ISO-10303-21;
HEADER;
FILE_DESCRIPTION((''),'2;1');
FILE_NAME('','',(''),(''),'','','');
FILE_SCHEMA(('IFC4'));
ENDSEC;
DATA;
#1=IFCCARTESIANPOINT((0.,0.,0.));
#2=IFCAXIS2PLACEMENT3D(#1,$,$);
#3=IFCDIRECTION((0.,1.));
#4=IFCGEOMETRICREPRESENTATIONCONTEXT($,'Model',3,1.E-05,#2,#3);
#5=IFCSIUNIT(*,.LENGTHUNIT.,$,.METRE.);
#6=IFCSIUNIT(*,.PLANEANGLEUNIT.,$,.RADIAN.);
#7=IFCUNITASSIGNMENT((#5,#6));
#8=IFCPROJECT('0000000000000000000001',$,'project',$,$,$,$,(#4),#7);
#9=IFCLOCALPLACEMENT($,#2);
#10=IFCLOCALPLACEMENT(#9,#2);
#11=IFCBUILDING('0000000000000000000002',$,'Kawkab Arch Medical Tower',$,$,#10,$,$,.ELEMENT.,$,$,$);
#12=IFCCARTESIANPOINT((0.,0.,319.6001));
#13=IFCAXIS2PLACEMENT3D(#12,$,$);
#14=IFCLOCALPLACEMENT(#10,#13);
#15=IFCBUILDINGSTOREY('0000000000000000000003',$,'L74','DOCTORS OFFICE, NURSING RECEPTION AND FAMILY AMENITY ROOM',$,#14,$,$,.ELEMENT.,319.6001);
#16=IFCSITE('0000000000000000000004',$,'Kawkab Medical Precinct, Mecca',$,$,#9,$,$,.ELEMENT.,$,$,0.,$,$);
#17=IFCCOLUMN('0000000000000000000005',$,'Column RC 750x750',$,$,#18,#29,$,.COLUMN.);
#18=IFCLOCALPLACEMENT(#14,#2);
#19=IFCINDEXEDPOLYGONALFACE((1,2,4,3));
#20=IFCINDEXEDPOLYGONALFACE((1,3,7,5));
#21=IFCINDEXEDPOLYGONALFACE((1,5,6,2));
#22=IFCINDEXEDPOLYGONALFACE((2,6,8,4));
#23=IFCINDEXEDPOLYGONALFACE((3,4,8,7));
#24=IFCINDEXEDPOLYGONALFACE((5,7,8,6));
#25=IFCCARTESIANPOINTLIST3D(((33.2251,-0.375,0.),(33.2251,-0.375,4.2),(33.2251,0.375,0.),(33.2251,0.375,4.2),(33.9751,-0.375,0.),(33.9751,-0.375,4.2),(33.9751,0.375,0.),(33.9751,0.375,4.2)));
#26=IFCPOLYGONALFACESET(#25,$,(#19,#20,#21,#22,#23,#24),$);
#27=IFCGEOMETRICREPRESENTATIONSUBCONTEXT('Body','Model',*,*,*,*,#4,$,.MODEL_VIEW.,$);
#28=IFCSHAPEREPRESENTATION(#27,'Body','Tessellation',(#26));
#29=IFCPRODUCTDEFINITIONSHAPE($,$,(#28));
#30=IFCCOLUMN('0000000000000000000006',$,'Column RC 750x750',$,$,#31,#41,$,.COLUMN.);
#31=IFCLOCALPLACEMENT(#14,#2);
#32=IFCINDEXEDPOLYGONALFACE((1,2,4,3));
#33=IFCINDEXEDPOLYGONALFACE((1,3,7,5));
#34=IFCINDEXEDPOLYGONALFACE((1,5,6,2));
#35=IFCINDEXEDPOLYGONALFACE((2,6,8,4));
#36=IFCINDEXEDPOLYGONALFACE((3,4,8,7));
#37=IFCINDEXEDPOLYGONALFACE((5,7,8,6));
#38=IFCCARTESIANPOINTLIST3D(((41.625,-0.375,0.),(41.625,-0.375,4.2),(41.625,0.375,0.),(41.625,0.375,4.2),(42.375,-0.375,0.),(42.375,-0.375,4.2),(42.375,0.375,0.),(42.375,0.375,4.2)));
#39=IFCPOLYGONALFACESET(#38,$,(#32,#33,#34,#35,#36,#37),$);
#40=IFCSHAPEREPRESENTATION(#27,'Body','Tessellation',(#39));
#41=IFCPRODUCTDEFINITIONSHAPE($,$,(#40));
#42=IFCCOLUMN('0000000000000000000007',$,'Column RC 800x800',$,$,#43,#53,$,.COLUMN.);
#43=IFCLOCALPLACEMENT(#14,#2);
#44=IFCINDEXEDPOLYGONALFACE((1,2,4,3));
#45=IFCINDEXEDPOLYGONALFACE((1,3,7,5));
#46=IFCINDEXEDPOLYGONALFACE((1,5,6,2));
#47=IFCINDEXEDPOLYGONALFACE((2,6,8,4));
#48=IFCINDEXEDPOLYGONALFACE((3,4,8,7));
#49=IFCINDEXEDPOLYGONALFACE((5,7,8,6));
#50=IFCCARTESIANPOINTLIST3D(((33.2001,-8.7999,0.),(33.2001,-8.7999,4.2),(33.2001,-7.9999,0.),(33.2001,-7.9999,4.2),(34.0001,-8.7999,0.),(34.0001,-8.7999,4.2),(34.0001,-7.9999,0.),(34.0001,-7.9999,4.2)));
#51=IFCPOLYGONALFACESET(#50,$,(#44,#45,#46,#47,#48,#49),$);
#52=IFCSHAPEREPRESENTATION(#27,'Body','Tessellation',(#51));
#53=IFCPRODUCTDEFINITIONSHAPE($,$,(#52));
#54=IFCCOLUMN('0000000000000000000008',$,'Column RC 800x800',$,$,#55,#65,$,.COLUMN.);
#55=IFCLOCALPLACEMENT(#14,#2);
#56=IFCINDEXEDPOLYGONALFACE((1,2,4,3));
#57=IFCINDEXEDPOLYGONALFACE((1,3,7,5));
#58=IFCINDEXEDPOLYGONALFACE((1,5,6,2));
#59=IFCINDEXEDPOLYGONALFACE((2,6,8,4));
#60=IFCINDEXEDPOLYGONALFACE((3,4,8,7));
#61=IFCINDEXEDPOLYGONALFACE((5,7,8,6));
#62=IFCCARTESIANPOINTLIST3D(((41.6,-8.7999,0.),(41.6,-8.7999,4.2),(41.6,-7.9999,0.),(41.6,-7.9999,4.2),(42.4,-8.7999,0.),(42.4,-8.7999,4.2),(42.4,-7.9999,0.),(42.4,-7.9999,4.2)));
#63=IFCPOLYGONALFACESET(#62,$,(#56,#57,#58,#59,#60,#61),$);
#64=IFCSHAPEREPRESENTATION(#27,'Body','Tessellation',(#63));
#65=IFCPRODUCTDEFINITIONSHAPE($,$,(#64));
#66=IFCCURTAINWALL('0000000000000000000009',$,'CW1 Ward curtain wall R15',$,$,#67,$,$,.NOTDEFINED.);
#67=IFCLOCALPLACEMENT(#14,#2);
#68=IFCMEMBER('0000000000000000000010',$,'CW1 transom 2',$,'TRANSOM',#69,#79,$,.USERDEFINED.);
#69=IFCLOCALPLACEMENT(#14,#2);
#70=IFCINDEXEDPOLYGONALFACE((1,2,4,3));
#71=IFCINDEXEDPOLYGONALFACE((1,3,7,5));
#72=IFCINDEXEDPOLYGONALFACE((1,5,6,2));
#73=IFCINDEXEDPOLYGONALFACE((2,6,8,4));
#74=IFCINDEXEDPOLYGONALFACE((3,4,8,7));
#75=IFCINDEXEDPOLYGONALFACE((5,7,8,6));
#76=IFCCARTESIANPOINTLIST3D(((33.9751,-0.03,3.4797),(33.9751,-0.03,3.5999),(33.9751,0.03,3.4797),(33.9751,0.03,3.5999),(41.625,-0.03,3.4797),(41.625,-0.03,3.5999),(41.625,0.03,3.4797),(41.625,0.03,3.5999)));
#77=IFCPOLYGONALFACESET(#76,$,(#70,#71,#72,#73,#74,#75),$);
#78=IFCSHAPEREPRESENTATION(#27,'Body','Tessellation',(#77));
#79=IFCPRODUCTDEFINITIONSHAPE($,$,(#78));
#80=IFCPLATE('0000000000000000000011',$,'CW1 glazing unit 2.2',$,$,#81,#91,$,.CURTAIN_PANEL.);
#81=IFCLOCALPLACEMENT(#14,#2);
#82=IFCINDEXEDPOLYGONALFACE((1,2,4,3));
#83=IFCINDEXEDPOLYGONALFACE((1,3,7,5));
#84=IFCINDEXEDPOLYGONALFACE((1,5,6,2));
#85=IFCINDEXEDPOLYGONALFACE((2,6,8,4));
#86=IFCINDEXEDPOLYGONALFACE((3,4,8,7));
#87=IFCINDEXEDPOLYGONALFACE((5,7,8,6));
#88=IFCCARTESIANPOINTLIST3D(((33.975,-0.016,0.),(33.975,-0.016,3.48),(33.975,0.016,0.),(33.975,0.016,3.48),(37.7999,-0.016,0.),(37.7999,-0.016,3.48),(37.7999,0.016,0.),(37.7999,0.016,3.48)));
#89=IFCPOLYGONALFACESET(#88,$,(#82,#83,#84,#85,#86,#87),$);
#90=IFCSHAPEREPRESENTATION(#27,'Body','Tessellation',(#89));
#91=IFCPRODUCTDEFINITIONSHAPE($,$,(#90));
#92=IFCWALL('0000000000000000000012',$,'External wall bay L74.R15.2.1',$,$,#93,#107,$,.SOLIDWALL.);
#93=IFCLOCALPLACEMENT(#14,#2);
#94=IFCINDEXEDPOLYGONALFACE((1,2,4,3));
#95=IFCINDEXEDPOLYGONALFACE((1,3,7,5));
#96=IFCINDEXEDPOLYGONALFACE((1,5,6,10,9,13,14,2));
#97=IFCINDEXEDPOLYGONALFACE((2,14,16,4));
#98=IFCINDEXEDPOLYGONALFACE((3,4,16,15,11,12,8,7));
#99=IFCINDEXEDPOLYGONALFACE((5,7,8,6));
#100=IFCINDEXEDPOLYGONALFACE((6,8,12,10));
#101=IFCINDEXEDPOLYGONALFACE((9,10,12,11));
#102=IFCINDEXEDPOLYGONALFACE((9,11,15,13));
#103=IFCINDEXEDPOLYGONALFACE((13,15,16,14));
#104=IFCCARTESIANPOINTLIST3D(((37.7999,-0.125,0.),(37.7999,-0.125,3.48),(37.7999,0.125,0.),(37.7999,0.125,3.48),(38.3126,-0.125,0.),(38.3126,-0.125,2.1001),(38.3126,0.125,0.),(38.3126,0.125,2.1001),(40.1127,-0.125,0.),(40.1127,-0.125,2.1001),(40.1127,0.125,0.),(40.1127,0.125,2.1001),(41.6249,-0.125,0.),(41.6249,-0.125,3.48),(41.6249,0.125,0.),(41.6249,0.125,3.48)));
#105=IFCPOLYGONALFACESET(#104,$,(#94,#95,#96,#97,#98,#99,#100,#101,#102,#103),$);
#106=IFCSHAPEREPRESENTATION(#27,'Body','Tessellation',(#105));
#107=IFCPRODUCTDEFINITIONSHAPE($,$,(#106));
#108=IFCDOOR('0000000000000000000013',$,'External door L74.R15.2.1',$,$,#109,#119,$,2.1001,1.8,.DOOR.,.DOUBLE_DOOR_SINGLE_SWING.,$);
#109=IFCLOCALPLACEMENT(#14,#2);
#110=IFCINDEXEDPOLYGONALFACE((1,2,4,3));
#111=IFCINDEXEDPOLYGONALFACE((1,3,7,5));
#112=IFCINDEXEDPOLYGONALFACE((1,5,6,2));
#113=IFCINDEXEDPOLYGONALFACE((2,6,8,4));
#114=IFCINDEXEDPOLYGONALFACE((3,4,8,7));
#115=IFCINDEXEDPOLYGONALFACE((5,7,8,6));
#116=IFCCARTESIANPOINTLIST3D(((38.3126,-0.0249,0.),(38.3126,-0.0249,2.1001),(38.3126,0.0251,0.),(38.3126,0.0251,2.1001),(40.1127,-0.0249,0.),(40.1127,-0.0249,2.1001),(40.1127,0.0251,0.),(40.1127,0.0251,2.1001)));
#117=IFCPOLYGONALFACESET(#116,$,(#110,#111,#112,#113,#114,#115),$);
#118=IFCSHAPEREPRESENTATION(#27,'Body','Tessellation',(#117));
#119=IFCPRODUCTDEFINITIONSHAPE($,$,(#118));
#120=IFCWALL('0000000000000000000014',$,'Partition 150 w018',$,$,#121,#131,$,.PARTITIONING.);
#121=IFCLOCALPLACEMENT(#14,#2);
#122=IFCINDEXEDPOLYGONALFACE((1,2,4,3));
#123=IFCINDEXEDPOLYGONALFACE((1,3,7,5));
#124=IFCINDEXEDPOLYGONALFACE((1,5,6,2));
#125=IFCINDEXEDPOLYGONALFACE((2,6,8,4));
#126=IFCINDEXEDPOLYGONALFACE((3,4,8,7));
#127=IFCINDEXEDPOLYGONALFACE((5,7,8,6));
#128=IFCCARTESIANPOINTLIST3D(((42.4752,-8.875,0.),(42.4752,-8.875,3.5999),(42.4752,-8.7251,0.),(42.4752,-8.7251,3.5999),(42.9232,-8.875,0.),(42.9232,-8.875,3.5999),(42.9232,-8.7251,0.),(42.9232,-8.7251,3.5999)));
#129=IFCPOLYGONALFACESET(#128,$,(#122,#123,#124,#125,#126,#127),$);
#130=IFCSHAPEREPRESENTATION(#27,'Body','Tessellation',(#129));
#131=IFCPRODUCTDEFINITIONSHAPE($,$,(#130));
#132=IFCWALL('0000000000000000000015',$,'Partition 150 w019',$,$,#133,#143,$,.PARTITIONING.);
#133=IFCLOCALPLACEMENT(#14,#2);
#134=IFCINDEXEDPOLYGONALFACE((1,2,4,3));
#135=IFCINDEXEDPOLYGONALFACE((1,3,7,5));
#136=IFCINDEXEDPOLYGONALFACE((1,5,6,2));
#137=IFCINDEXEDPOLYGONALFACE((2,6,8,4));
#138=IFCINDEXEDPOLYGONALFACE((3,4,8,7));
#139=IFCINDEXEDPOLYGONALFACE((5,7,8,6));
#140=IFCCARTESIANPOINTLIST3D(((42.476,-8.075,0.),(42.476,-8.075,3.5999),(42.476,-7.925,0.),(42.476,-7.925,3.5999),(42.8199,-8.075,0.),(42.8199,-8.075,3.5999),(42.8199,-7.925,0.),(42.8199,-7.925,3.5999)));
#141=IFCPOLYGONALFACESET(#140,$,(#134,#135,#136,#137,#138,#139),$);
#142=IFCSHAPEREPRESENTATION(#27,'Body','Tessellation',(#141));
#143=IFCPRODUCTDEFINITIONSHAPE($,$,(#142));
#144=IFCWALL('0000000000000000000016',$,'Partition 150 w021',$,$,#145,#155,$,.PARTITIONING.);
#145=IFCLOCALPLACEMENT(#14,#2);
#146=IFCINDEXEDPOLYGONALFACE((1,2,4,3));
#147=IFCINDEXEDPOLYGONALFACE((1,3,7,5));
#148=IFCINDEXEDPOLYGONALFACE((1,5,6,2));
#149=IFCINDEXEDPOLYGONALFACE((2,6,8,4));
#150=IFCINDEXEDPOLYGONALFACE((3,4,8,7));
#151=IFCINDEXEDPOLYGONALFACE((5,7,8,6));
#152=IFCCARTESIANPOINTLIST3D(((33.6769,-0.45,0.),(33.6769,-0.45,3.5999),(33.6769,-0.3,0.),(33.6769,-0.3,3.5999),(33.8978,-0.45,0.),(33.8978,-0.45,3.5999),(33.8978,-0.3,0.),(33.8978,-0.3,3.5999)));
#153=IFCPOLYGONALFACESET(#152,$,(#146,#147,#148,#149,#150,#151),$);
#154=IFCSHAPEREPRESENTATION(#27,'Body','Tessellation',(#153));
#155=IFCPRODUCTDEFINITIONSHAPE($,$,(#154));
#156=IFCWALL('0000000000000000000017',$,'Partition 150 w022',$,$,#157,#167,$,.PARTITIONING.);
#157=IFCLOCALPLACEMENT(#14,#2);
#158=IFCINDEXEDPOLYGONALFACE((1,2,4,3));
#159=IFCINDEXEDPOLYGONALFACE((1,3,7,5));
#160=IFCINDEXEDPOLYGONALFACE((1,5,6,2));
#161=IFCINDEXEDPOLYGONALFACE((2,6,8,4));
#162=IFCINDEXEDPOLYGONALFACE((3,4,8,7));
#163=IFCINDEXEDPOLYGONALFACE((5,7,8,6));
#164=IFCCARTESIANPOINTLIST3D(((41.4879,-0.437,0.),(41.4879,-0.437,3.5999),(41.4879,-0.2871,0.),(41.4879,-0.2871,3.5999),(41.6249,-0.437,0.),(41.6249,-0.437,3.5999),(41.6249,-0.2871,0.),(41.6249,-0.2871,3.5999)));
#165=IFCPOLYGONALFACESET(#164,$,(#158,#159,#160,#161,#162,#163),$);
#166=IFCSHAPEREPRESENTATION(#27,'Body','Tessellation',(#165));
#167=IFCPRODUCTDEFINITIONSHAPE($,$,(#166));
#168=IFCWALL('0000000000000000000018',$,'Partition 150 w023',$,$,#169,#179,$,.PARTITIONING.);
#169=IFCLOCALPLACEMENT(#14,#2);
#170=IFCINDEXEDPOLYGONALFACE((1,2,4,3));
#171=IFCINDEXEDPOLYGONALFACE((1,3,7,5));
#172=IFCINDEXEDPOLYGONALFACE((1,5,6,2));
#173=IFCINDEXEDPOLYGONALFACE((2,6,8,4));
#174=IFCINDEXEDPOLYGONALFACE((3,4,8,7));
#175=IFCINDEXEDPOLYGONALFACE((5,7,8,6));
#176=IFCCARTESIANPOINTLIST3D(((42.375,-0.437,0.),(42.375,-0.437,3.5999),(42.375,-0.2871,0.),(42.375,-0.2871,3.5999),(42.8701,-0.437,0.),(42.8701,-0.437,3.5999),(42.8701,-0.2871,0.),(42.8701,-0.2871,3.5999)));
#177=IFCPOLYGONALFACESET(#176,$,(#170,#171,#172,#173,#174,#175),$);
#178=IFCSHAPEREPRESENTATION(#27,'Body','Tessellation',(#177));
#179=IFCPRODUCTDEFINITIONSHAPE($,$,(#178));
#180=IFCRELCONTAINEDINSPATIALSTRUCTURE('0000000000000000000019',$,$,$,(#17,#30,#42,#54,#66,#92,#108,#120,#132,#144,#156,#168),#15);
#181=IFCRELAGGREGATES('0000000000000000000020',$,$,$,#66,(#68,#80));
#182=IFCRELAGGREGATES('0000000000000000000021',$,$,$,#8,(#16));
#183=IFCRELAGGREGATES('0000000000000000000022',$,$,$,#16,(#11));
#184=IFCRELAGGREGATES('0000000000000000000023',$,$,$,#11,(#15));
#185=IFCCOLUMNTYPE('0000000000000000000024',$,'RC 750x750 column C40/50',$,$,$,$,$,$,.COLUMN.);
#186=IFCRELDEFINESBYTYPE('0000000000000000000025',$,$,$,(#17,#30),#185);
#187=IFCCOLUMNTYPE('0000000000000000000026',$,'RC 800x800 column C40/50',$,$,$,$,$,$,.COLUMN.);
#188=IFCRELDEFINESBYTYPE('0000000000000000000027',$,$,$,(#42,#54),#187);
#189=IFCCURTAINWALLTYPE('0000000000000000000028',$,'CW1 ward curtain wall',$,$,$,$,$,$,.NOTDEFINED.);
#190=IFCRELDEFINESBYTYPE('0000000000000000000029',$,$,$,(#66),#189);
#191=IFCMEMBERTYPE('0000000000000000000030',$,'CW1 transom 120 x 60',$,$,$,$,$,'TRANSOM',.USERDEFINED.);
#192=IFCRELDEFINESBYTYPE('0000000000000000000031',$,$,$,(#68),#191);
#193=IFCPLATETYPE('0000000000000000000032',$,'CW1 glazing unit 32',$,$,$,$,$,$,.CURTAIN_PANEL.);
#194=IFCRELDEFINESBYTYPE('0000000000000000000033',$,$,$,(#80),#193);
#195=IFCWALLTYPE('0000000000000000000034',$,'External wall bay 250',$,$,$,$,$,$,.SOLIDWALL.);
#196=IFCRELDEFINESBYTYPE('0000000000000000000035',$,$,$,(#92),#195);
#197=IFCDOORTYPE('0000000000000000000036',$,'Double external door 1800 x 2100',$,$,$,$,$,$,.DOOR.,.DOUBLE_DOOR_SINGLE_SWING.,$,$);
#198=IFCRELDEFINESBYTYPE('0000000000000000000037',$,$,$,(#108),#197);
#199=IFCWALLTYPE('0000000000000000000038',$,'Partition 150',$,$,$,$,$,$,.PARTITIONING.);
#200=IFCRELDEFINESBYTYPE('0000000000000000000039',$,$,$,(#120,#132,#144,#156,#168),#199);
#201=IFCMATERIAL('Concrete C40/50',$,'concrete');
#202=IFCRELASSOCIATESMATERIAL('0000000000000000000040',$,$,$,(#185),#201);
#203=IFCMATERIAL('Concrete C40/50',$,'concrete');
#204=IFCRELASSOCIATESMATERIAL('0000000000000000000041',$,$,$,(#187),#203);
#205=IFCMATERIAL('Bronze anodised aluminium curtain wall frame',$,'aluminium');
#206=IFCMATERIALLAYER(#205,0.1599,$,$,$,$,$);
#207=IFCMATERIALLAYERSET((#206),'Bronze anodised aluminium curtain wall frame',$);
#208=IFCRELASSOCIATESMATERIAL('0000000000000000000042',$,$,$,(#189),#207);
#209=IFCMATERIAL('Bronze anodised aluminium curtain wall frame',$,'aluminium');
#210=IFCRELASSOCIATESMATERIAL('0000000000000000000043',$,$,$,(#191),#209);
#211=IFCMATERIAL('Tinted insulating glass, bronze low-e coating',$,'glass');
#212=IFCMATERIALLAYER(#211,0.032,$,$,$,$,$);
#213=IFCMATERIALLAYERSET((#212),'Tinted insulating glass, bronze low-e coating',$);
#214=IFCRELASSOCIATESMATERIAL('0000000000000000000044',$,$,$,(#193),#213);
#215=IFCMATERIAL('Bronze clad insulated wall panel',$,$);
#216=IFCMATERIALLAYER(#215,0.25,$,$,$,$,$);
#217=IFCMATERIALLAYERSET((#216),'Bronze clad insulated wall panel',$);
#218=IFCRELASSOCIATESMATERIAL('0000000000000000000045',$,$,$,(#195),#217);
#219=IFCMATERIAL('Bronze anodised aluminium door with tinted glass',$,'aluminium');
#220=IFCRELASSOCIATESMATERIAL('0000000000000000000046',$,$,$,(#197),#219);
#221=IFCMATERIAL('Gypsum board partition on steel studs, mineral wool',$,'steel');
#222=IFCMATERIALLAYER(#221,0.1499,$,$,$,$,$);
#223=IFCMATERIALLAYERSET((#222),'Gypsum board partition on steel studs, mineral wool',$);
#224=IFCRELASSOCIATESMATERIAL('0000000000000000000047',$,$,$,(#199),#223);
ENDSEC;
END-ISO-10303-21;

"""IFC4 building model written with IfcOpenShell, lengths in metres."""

from ifc_helpers import new_model, si_unit, direction, frame, frame_2d, origin, origin_2d, place, context, subcontext, project, spatial, rectangle, extrude, material, layer, layer_set, material_profile, profile_set, type_object, element, fill, aggregate, save


model = new_model("IFC4")

# Units and contexts
model_context = context("Model", 3, precision=1e-05, world=origin(), true_north=direction((0.0, 1.0)))
body_context = subcontext(model_context, "Body", "Model", "MODEL_VIEW")
ifc_project = project(units=[si_unit("LENGTHUNIT", "METRE"), si_unit("PLANEANGLEUNIT", "RADIAN")], contexts=[model_context])

# Site, building, storey
site_placement = place(None, origin())
site = spatial("IfcSite", under=ifc_project, at=site_placement, Name="Kawkab Medical Precinct, Mecca", CompositionType="ELEMENT", RefElevation=0.0)
building_placement = place(site_placement, origin())
building = spatial("IfcBuilding", under=site, at=building_placement, Name="Kawkab Arch Medical Tower", CompositionType="ELEMENT")
storey_placement = place(building_placement, frame((0.0, 0.0, 319.6001)))
storey = spatial("IfcBuildingStorey", under=building, at=storey_placement, Name="L74", Description="DOCTORS OFFICE, NURSING RECEPTION AND FAMILY AMENITY ROOM", CompositionType="ELEMENT", Elevation=319.6001)

# Columns
ifc_material_1 = material(Name="Concrete C40/50", Category="concrete")
ifc_material_profile_1 = material_profile(ifc_material_1, rectangle(XDim=0.75, YDim=0.75, at=origin_2d()), Name="RC 750x750")
ifc_profile_set_1 = profile_set([ifc_material_profile_1], Name="Concrete C40/50")
column_type_1 = type_object("IfcColumnType", Name="RC 750x750 column C40/50", PredefinedType="COLUMN", material=ifc_profile_set_1)
for number, where, z_axis, x_axis, name in (
    (1, (33.6001, 0.0, 0.0), (0.0, 0.0, 1.0), (1.0, 0.0, 0.0), "Column RC 750x750"),
    (2, (42.0, 0.0, 0.0), (0.0, 0.0, 1.0), (1.0, 0.0, 0.0), "Column RC 750x750"),
):
    element("IfcColumn", number, at=place(storey_placement, frame(where, z_axis=z_axis, x_axis=x_axis)), inside=storey, type_object=column_type_1, Name=name, PredefinedType="COLUMN", context=body_context, shape_type="SweptSolid", body=[
        extrude(rectangle(XDim=0.75, YDim=0.75, at=origin_2d()), origin(), (0.0, 0.0, 1.0), 4.2),
    ])
ifc_material_2 = material(Name="Concrete C40/50", Category="concrete")
ifc_material_profile_2 = material_profile(ifc_material_2, rectangle(XDim=0.8, YDim=0.8, at=origin_2d()), Name="RC 800x800")
ifc_profile_set_2 = profile_set([ifc_material_profile_2], Name="Concrete C40/50")
column_type_2 = type_object("IfcColumnType", Name="RC 800x800 column C40/50", PredefinedType="COLUMN", material=ifc_profile_set_2)
for number, where, z_axis, x_axis, name in (
    (3, (33.6001, -8.3999, 0.0), (0.0, 0.0, 1.0), (1.0, 0.0, 0.0), "Column RC 800x800"),
    (4, (42.0, -8.3999, 0.0), (0.0, 0.0, 1.0), (1.0, 0.0, 0.0), "Column RC 800x800"),
):
    element("IfcColumn", number, at=place(storey_placement, frame(where, z_axis=z_axis, x_axis=x_axis)), inside=storey, type_object=column_type_2, Name=name, PredefinedType="COLUMN", context=body_context, shape_type="SweptSolid", body=[
        extrude(rectangle(XDim=0.8, YDim=0.8, at=origin_2d()), origin(), (0.0, 0.0, 1.0), 4.2),
    ])

# Curtain wall, member, plate
ifc_material_3 = material(Name="Bronze anodised aluminium curtain wall frame", Category="aluminium")
ifc_layer_1 = layer(ifc_material_3, 0.1599)
ifc_layer_set_1 = layer_set([ifc_layer_1], Name="Bronze anodised aluminium curtain wall frame")
curtain_wall_type = type_object("IfcCurtainWallType", Name="CW1 ward curtain wall", PredefinedType="NOTDEFINED", material=ifc_layer_set_1)
curtain_wall_placement = place(storey_placement, origin())
curtain_wall = element("IfcCurtainWall", 5, at=curtain_wall_placement, inside=storey, type_object=curtain_wall_type, Name="CW1 Ward curtain wall R15", PredefinedType="NOTDEFINED")
ifc_material_4 = material(Name="Bronze anodised aluminium curtain wall frame", Category="aluminium")
ifc_material_profile_3 = material_profile(ifc_material_4, rectangle(XDim=0.0601, YDim=0.1201, at=origin_2d()), Name="AL 60x120")
ifc_profile_set_3 = profile_set([ifc_material_profile_3], Name="Bronze anodised aluminium curtain wall frame")
member_type = type_object("IfcMemberType", Name="CW1 transom 120 x 60", ElementType="TRANSOM", PredefinedType="USERDEFINED", material=ifc_profile_set_3)
member_placement = place(storey_placement, frame((41.625, 0.0, 3.5398), z_axis=(-1.0, 0.0, 0.0), x_axis=(0.0, -1.0, 0.0)))
member = element("IfcMember", 6, at=member_placement, type_object=member_type, Name="CW1 transom 2", ObjectType="TRANSOM", PredefinedType="USERDEFINED", context=body_context, shape_type="SweptSolid", body=[
    extrude(rectangle(XDim=0.0601, YDim=0.1201, at=origin_2d()), origin(), (0.0, 0.0, 1.0), 7.6499),
])
ifc_material_5 = material(Name="Tinted insulating glass, bronze low-e coating", Category="glass")
ifc_layer_2 = layer(ifc_material_5, 0.032)
ifc_layer_set_2 = layer_set([ifc_layer_2], Name="Tinted insulating glass, bronze low-e coating")
plate_type = type_object("IfcPlateType", Name="CW1 glazing unit 32", PredefinedType="CURTAIN_PANEL", material=ifc_layer_set_2)
plate_placement = place(storey_placement, frame((35.8875, 0.0, 0.0), z_axis=(0.0, 0.0, 1.0), x_axis=(-1.0, 0.0, 0.0)))
plate = element("IfcPlate", 7, at=plate_placement, type_object=plate_type, Name="CW1 glazing unit 2.2", PredefinedType="CURTAIN_PANEL", context=body_context, shape_type="SweptSolid", body=[
    extrude(rectangle(XDim=3.825, YDim=0.032, at=origin_2d()), origin(), (0.0, 0.0, 1.0), 3.48),
])
aggregate(curtain_wall, [member, plate])

# Wall, opening, door
ifc_material_6 = material(Name="Bronze clad insulated wall panel")
ifc_layer_3 = layer(ifc_material_6, 0.25)
ifc_layer_set_3 = layer_set([ifc_layer_3], Name="Bronze clad insulated wall panel")
wall_type_1 = type_object("IfcWallType", Name="External wall bay 250", PredefinedType="SOLIDWALL", material=ifc_layer_set_3)
wall_1_placement = place(storey_placement, frame((41.625, 0.0, 0.0), z_axis=(0.0, 0.0, 1.0), x_axis=(-1.0, 0.0, 0.0)))
wall_1 = element("IfcWall", 8, at=wall_1_placement, inside=storey, type_object=wall_type_1, Name="External wall bay L74.R15.2.1", PredefinedType="SOLIDWALL", context=body_context, shape_type="SweptSolid", body=[
    extrude(rectangle(XDim=3.825, YDim=0.25, at=frame_2d((1.9126, 0.0))), origin(), (0.0, 0.0, 1.0), 3.48),
])
opening_placement = place(wall_1_placement, frame((1.5125, 0.0, 0.0)))
opening = element("IfcOpeningElement", 9, at=opening_placement, cuts=wall_1, PredefinedType="OPENING", context=body_context, shape_type="SweptSolid", body=[
    extrude(rectangle(XDim=1.8, YDim=2.1001, at=frame_2d((0.8999, 1.05))), frame((0.0, 0.135, 0.0), z_axis=(0.0, -1.0, 0.0), x_axis=(1.0, 0.0, 0.0)), (0.0, 0.0, 1.0), 0.27),
])
ifc_material_7 = material(Name="Bronze anodised aluminium door with tinted glass", Category="aluminium")
door_type = type_object("IfcDoorType", Name="Double external door 1800 x 2100", OperationType="DOUBLE_DOOR_SINGLE_SWING", PredefinedType="DOOR", material=ifc_material_7)
door_placement = place(opening_placement, origin())
door = element("IfcDoor", 10, at=door_placement, inside=storey, type_object=door_type, Name="External door L74.R15.2.1", OperationType="DOUBLE_DOOR_SINGLE_SWING", OverallHeight=2.1001, OverallWidth=1.8, PredefinedType="DOOR", context=body_context, shape_type="SweptSolid", body=[
    extrude(rectangle(XDim=1.8, YDim=2.1001, at=frame_2d((0.8999, 1.05))), frame((0.0, 0.0249, 0.0), z_axis=(0.0, -1.0, 0.0), x_axis=(1.0, 0.0, 0.0)), (0.0, 0.0, 1.0), 0.05),
])
fill(opening, door)

# Walls
ifc_material_8 = material(Name="Gypsum board partition on steel studs, mineral wool", Category="steel")
ifc_layer_4 = layer(ifc_material_8, 0.1499)
ifc_layer_set_4 = layer_set([ifc_layer_4], Name="Gypsum board partition on steel studs, mineral wool")
wall_type_2 = type_object("IfcWallType", Name="Partition 150", PredefinedType="PARTITIONING", material=ifc_layer_set_4)
wall_2_placement = place(storey_placement, frame((42.4751, -8.8, 0.0), z_axis=(0.0, 0.0, 1.0), x_axis=(1.0, 0.0, 0.0)))
element("IfcWall", 11, at=wall_2_placement, inside=storey, type_object=wall_type_2, Name="Partition 150 w018", PredefinedType="PARTITIONING", context=body_context, shape_type="SweptSolid", body=[
    extrude(rectangle(XDim=0.448, YDim=0.1499, at=frame_2d((0.2241, 0.0))), origin(), (0.0, 0.0, 1.0), 3.5999),
])
wall_3_placement = place(storey_placement, frame((42.4761, -8.0, 0.0), z_axis=(0.0, 0.0, 1.0), x_axis=(1.0, 0.0, 0.0)))
element("IfcWall", 12, at=wall_3_placement, inside=storey, type_object=wall_type_2, Name="Partition 150 w019", PredefinedType="PARTITIONING", context=body_context, shape_type="SweptSolid", body=[
    extrude(rectangle(XDim=0.344, YDim=0.1499, at=frame_2d((0.1719, 0.0))), origin(), (0.0, 0.0, 1.0), 3.5999),
])
wall_4_placement = place(storey_placement, frame((33.677, -0.375, 0.0), z_axis=(0.0, 0.0, 1.0), x_axis=(1.0, 0.0, 0.0)))
element("IfcWall", 13, at=wall_4_placement, inside=storey, type_object=wall_type_2, Name="Partition 150 w021", PredefinedType="PARTITIONING", context=body_context, shape_type="SweptSolid", body=[
    extrude(rectangle(XDim=0.2209, YDim=0.1499, at=frame_2d((0.1104, 0.0))), origin(), (0.0, 0.0, 1.0), 3.5999),
])
wall_5_placement = place(storey_placement, frame((41.488, -0.3621, 0.0), z_axis=(0.0, 0.0, 1.0), x_axis=(1.0, 0.0, 0.0)))
element("IfcWall", 14, at=wall_5_placement, inside=storey, type_object=wall_type_2, Name="Partition 150 w022", PredefinedType="PARTITIONING", context=body_context, shape_type="SweptSolid", body=[
    extrude(rectangle(XDim=0.137, YDim=0.1499, at=frame_2d((0.0684, 0.0))), origin(), (0.0, 0.0, 1.0), 3.5999),
])
wall_6_placement = place(storey_placement, frame((42.375, -0.3621, 0.0), z_axis=(0.0, 0.0, 1.0), x_axis=(1.0, 0.0, 0.0)))
element("IfcWall", 15, at=wall_6_placement, inside=storey, type_object=wall_type_2, Name="Partition 150 w023", PredefinedType="PARTITIONING", context=body_context, shape_type="SweptSolid", body=[
    extrude(rectangle(XDim=0.4951, YDim=0.1499, at=frame_2d((0.2476, 0.0))), origin(), (0.0, 0.0, 1.0), 3.5999),
])

save(model, "model.ifc")
